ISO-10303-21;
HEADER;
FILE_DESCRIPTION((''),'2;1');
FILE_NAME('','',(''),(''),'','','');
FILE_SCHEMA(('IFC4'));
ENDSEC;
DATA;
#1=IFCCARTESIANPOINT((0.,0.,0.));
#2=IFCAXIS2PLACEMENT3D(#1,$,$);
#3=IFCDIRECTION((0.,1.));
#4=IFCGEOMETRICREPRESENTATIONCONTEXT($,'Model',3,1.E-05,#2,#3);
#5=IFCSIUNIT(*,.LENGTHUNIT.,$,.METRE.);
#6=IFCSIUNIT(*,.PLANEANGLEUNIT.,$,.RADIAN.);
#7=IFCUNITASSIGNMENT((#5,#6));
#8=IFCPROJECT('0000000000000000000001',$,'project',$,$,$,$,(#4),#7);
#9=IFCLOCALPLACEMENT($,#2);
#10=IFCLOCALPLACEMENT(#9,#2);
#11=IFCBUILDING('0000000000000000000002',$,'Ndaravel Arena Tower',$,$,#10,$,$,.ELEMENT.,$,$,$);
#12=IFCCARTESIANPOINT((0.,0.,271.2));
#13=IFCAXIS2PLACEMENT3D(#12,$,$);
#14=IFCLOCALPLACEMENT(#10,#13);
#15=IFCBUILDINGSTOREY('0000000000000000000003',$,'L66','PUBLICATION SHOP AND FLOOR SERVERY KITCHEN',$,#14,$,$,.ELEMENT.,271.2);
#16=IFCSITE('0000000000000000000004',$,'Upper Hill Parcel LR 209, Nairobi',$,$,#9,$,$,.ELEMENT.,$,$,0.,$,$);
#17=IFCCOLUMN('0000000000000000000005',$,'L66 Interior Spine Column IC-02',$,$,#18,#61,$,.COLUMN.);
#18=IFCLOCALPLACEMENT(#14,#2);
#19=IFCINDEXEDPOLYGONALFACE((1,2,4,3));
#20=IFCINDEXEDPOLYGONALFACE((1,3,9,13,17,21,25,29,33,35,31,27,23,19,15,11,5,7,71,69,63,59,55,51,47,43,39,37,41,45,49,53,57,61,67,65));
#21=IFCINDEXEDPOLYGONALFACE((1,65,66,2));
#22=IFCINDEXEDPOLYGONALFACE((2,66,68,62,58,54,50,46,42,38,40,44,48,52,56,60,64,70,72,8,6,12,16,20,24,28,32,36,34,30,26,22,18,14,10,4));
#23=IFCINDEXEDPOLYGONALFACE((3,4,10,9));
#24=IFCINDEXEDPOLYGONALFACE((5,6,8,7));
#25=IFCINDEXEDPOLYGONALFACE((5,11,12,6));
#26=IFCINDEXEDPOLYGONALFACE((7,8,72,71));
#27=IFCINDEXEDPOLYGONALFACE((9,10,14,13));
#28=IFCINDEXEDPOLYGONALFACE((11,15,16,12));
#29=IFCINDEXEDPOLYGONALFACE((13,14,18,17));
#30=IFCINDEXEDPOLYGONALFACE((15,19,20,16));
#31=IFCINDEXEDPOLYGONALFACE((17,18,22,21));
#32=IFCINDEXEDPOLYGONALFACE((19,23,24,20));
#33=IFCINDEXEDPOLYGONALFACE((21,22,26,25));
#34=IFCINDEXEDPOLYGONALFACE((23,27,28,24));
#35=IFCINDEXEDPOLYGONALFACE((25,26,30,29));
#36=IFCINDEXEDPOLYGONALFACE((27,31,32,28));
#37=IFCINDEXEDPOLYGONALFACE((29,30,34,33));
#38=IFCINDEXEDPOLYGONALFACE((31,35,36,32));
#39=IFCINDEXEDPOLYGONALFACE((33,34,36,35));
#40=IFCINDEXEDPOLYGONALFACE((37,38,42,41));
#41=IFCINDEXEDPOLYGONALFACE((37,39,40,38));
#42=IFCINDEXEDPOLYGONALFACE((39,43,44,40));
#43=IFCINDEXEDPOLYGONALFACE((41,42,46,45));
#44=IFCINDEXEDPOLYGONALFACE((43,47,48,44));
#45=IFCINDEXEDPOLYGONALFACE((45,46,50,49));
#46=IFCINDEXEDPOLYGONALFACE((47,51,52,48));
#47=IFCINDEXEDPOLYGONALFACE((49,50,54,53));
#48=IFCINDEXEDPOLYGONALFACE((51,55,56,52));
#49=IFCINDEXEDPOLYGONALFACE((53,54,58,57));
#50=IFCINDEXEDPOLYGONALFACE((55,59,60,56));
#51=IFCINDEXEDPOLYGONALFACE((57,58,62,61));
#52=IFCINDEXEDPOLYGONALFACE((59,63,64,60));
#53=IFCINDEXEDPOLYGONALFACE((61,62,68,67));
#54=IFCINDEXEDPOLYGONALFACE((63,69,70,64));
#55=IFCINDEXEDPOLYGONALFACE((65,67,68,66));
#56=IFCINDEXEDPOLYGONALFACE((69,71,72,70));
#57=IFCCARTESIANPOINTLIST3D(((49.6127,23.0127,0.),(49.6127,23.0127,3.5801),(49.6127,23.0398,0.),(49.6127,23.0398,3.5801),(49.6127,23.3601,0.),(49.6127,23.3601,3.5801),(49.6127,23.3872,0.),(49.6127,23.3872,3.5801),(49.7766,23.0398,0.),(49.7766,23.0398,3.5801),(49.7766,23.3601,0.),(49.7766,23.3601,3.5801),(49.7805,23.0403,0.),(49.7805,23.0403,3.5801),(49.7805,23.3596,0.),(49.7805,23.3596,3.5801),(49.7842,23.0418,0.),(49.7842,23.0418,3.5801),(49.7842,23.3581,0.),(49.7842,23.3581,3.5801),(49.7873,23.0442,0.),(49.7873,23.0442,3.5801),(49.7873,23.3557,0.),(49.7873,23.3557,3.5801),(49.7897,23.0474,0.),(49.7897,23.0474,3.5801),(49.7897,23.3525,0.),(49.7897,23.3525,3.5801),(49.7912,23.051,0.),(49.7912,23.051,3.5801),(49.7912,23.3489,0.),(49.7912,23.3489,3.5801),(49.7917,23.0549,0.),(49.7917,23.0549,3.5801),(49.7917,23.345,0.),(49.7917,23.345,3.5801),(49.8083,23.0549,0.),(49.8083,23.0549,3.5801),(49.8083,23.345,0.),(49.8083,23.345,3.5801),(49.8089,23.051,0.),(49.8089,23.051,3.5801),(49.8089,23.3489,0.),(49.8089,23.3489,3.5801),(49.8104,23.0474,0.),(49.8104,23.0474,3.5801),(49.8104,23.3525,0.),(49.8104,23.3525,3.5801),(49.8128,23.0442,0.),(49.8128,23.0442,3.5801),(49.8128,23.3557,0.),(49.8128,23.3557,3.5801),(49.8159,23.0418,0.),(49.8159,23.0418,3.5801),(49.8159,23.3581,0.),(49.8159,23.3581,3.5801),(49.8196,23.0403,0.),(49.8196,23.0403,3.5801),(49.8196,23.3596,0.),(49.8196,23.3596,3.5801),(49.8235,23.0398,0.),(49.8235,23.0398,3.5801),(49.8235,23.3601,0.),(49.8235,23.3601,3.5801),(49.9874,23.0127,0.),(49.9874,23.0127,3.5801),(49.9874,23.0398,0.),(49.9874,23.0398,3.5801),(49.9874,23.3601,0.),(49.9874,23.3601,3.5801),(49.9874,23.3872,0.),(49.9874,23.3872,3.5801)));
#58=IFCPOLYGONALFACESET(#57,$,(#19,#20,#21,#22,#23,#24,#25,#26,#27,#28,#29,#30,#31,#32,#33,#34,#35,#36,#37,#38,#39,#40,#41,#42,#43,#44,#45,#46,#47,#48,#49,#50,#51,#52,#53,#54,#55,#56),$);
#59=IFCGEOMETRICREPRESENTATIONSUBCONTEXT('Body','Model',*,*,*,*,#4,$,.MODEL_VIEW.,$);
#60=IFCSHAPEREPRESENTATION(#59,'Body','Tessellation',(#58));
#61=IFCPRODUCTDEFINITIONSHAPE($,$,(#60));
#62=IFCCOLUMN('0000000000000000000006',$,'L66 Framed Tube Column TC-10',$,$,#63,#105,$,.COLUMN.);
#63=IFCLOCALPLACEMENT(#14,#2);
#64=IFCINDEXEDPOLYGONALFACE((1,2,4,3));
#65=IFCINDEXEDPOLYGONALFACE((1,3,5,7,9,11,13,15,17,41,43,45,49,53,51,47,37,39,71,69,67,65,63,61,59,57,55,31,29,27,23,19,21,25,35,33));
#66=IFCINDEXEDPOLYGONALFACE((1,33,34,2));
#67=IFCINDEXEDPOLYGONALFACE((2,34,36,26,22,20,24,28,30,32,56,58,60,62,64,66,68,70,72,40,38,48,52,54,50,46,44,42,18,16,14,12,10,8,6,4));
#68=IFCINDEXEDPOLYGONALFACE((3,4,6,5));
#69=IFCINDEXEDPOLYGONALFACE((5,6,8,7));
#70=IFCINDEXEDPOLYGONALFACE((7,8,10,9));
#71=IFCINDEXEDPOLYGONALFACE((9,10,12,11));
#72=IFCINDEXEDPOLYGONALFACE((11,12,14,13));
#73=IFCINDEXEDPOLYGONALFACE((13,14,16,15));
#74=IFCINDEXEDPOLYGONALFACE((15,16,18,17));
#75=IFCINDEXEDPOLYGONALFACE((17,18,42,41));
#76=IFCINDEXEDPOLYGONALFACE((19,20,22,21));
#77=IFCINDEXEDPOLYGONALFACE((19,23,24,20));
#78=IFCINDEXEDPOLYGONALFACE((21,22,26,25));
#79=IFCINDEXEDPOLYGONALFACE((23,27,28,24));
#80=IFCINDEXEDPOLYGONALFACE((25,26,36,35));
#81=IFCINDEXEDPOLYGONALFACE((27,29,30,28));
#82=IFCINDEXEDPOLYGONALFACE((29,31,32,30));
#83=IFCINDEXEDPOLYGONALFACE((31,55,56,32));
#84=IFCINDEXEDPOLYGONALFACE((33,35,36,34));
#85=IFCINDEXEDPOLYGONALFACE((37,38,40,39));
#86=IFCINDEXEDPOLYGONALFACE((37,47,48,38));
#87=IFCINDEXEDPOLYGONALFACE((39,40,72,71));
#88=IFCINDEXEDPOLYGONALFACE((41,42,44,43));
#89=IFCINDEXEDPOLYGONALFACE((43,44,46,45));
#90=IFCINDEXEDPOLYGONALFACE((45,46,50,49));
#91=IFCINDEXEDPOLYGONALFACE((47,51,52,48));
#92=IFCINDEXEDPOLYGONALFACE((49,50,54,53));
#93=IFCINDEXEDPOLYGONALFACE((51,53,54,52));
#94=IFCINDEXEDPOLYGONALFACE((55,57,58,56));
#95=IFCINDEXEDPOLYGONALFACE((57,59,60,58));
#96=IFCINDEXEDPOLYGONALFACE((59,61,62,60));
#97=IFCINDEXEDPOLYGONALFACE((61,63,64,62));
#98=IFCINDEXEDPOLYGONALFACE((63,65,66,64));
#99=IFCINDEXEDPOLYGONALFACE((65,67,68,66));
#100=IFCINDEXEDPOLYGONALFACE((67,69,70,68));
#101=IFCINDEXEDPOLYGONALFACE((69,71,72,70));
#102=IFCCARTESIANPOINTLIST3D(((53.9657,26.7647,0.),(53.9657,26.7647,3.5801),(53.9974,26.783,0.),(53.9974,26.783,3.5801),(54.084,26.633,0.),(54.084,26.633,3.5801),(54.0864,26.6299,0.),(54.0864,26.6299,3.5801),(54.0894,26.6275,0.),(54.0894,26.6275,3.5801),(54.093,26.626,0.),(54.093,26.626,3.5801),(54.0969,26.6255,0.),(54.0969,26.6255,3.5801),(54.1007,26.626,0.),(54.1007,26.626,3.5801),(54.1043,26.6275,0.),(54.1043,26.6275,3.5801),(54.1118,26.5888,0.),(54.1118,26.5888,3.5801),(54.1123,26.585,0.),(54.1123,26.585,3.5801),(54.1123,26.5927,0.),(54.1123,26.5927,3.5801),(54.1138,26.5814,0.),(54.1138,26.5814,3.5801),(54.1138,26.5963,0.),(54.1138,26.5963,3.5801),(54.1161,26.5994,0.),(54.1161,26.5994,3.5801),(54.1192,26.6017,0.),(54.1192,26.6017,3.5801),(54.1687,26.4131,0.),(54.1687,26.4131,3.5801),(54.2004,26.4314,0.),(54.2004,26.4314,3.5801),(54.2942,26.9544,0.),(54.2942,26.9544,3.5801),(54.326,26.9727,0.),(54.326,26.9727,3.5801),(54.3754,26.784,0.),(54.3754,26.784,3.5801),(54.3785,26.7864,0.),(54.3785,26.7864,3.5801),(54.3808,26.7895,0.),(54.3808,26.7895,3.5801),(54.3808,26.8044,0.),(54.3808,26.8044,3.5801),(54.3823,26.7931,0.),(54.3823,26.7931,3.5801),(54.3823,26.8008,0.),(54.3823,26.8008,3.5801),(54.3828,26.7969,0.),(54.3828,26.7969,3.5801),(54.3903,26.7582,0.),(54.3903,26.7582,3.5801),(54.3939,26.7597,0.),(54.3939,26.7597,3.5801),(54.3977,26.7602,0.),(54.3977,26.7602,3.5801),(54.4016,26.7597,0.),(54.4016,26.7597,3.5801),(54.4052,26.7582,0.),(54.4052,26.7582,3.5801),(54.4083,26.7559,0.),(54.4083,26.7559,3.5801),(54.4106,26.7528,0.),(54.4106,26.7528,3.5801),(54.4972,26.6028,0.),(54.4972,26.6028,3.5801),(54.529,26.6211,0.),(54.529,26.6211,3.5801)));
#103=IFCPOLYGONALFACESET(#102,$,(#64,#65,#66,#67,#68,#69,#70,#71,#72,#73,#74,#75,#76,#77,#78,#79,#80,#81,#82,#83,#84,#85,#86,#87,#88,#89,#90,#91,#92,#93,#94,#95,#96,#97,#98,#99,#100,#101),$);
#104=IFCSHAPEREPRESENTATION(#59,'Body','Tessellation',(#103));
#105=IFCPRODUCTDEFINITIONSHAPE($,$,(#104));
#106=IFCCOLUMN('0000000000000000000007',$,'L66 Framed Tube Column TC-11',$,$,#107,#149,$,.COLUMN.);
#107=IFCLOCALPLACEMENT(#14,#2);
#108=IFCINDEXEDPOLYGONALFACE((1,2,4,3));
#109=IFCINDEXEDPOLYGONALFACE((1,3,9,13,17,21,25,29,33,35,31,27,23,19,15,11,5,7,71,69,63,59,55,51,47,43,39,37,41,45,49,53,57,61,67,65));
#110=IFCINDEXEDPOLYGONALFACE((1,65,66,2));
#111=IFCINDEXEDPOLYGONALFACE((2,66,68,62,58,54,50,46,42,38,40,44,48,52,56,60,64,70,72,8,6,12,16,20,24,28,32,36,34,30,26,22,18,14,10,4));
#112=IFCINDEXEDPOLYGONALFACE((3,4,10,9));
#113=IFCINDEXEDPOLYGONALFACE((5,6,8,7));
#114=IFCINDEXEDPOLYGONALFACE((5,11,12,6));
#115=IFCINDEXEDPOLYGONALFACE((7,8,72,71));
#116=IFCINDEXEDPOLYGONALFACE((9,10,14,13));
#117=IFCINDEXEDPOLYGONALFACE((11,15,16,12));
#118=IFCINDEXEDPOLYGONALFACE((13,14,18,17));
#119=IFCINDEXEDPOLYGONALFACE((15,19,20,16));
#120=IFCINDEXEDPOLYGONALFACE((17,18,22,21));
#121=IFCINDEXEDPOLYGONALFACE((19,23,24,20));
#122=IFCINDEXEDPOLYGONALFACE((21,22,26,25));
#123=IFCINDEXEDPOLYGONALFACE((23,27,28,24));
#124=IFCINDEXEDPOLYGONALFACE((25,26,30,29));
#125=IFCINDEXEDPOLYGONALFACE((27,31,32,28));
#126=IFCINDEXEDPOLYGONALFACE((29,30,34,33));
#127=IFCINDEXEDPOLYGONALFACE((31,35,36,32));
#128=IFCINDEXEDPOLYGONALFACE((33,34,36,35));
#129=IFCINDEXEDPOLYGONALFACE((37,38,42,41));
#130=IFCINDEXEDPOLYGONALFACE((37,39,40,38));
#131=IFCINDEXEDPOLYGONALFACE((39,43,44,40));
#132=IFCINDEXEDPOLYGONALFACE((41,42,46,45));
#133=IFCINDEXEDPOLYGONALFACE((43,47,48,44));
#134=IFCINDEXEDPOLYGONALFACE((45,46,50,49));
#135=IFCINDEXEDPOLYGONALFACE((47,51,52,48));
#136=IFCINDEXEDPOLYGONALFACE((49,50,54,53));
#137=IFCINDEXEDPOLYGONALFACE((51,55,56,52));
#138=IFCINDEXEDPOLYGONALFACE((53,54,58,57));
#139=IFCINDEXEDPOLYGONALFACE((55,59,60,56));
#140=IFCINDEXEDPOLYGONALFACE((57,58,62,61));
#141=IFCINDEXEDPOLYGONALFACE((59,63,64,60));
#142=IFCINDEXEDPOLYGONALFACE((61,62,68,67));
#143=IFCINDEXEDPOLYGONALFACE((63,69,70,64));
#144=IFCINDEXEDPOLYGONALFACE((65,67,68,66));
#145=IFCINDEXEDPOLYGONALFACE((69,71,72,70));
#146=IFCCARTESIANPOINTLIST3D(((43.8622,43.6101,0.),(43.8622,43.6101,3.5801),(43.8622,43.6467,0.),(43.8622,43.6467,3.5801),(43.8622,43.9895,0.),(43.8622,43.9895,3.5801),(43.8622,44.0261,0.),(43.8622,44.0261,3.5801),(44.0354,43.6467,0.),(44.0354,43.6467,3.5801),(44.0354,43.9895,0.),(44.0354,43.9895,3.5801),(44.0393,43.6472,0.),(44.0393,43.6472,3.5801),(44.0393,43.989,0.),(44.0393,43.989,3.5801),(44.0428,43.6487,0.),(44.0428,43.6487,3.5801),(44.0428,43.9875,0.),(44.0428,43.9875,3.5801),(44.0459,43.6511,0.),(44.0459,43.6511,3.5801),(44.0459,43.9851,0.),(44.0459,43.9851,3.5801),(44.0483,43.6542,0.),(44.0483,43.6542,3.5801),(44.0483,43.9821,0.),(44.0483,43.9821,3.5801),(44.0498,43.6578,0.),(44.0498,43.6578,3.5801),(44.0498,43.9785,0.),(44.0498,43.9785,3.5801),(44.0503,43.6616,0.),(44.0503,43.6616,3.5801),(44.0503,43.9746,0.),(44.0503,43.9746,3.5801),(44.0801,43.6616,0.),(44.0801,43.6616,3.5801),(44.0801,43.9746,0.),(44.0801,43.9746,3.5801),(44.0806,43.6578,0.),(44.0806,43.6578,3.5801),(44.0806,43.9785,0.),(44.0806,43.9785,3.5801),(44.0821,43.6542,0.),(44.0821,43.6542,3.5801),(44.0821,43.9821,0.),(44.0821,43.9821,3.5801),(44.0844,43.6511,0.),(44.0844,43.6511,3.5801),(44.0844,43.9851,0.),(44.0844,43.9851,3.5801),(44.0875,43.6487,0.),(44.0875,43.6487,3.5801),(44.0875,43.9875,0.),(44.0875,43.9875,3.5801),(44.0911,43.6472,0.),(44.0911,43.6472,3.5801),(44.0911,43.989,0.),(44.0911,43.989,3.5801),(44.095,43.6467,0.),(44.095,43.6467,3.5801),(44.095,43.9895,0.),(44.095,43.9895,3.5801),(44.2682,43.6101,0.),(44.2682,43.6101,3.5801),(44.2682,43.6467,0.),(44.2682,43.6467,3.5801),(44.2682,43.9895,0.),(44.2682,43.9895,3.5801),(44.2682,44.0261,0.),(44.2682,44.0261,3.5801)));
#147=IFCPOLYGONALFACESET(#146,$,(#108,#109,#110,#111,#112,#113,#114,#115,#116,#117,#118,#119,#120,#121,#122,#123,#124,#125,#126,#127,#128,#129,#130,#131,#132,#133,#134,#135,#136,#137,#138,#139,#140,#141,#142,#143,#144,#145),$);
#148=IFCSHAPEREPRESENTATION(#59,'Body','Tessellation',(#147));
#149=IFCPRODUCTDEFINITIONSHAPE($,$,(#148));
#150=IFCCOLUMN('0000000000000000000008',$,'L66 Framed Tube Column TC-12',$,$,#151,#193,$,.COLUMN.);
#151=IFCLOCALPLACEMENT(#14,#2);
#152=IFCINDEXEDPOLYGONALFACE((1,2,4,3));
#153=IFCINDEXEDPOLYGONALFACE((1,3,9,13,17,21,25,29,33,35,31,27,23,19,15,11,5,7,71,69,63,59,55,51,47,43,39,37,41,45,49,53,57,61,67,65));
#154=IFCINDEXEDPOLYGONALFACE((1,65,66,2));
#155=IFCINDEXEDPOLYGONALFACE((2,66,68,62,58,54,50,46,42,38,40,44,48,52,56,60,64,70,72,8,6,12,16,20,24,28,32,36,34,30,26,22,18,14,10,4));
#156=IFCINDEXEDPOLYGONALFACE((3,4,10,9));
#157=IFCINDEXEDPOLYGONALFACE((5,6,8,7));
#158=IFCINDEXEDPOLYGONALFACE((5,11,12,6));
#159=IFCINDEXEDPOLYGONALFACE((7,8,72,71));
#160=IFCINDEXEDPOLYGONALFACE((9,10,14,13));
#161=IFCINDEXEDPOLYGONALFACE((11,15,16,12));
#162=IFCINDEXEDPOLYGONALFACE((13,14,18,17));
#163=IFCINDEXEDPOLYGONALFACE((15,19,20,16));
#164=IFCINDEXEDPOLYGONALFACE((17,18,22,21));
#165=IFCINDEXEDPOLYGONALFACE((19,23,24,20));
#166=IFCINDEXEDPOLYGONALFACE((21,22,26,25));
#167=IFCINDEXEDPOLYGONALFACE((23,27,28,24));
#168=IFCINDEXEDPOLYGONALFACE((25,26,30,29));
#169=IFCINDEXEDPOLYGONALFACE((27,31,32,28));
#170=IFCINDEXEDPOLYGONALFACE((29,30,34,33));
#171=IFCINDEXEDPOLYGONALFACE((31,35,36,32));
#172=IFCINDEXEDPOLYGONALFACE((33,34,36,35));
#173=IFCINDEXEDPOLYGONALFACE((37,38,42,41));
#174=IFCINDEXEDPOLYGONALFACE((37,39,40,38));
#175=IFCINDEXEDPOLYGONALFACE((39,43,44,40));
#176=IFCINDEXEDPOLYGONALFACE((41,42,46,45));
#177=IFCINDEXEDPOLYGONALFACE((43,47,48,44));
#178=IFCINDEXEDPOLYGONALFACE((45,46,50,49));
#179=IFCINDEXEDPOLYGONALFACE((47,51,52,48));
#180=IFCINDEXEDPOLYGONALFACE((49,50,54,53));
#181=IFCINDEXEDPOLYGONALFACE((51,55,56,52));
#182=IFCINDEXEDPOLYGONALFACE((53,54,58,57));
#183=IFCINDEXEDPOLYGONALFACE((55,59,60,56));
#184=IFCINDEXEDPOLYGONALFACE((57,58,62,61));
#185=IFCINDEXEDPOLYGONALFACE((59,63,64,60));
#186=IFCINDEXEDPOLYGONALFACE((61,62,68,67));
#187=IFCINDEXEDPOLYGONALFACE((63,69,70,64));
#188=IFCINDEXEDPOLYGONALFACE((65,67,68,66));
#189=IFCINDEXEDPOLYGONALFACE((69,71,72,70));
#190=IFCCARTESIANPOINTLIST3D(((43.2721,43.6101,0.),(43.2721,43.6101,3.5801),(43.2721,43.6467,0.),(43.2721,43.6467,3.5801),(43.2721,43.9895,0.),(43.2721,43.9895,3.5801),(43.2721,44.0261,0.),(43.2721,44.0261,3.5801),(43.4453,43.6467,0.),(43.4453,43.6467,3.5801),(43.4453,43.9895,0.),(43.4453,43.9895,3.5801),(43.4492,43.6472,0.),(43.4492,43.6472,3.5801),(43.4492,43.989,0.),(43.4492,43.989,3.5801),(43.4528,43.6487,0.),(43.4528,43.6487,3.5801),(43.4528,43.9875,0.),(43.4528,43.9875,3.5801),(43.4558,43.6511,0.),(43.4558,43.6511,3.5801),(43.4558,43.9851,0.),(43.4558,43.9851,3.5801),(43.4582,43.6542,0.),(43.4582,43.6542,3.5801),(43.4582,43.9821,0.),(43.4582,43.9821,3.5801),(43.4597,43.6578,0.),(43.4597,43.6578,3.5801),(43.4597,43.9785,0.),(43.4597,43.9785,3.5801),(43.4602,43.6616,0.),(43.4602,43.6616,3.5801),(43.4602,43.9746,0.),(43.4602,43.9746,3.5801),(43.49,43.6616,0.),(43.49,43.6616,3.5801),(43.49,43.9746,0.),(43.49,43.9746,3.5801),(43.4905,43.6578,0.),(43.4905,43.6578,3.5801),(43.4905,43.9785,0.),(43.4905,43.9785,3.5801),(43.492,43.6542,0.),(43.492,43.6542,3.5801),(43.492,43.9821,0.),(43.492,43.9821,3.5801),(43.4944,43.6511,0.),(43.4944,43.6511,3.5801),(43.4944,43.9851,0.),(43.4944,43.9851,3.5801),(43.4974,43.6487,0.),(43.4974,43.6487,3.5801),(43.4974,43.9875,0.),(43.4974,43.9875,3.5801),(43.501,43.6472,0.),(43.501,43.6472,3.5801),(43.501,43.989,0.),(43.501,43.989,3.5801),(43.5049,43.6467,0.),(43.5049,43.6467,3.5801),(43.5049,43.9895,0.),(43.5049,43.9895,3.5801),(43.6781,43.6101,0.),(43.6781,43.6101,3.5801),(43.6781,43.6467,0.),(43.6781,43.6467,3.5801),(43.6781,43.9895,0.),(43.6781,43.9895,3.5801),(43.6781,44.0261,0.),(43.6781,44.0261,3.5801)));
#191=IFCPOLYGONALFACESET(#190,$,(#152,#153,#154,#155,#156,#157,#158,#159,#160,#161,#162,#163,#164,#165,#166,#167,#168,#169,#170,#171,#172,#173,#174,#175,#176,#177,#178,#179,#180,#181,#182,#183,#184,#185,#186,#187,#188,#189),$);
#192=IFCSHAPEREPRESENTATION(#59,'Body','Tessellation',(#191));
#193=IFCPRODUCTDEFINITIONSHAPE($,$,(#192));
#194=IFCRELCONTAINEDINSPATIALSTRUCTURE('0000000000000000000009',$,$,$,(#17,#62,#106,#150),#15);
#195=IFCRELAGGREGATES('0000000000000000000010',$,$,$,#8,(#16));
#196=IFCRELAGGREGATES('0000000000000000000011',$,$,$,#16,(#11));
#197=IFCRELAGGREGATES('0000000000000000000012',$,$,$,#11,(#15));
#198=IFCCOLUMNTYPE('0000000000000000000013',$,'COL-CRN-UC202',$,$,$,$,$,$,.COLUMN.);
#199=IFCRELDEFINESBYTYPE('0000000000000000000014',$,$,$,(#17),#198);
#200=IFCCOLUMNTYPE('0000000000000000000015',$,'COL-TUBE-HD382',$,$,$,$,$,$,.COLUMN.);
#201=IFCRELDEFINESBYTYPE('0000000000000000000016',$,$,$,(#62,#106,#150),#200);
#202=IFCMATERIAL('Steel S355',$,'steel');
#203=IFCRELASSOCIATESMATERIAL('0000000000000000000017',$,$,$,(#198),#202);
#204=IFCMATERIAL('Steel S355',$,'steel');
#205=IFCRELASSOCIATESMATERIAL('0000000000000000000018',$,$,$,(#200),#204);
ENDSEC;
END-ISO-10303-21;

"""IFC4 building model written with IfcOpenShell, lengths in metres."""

from ifc_helpers import new_model, si_unit, direction, frame, origin, origin_2d, place, context, subcontext, project, spatial, i_section, extrude, material, material_profile, profile_set, type_object, element, save


model = new_model("IFC4")

# Units and contexts
model_context = context("Model", 3, precision=1e-05, world=origin(), true_north=direction((0.0, 1.0)))
body_context = subcontext(model_context, "Body", "Model", "MODEL_VIEW")
ifc_project = project(units=[si_unit("LENGTHUNIT", "METRE"), si_unit("PLANEANGLEUNIT", "RADIAN")], contexts=[model_context])

# Site, building, storey
site_placement = place(None, origin())
site = spatial("IfcSite", under=ifc_project, at=site_placement, Name="Upper Hill Parcel LR 209, Nairobi", CompositionType="ELEMENT", RefElevation=0.0)
building_placement = place(site_placement, origin())
building = spatial("IfcBuilding", under=site, at=building_placement, Name="Ndaravel Arena Tower", CompositionType="ELEMENT")
storey_placement = place(building_placement, frame((0.0, 0.0, 271.2)))
storey = spatial("IfcBuildingStorey", under=building, at=storey_placement, Name="L66", Description="PUBLICATION SHOP AND FLOOR SERVERY KITCHEN", CompositionType="ELEMENT", Elevation=271.2)

# Columns
ifc_material_1 = material(Name="Steel S355", Category="steel")
ifc_material_profile_1 = material_profile(ifc_material_1, i_section(OverallWidth=0.3748, OverallDepth=0.3745, WebThickness=0.0166, FlangeThickness=0.0271, FilletRadius=0.0151, at=origin_2d()), Name="UC 356x368x202")
ifc_profile_set_1 = profile_set([ifc_material_profile_1], Name="Steel S355")
column_type_1 = type_object("IfcColumnType", Name="COL-CRN-UC202", PredefinedType="COLUMN", material=ifc_profile_set_1)
column_placement = place(storey_placement, frame((49.8, 23.2, 0.0), z_axis=(0.0, 0.0, 1.0), x_axis=(1.0, 0.0, 0.0)))
element("IfcColumn", 1, at=column_placement, inside=storey, type_object=column_type_1, Name="L66 Interior Spine Column IC-02", PredefinedType="COLUMN", context=body_context, shape_type="SweptSolid", body=[
    extrude(i_section(OverallWidth=0.3748, OverallDepth=0.3745, WebThickness=0.0166, FlangeThickness=0.0271, FilletRadius=0.0151, at=origin_2d()), origin(), (0.0, 0.0, 1.0), 3.5801),
])
ifc_material_2 = material(Name="Steel S355", Category="steel")
ifc_material_profile_2 = material_profile(ifc_material_2, i_section(OverallWidth=0.406, OverallDepth=0.416, WebThickness=0.0298, FlangeThickness=0.0366, FilletRadius=0.0149, at=origin_2d()), Name="HD 400x382")
ifc_profile_set_2 = profile_set([ifc_material_profile_2], Name="Steel S355")
column_type_2 = type_object("IfcColumnType", Name="COL-TUBE-HD382", PredefinedType="COLUMN", material=ifc_profile_set_2)
for number, where, z_axis, x_axis, name in (
    (2, (54.2473, 26.6929, 0.0), (0.0, 0.0, 1.0), (-0.5, 0.866025, 0.0), "L66 Framed Tube Column TC-10"),
    (3, (44.0652, 43.8181, 0.0), (0.0, 0.0, 1.0), (1.0, 0.0, 0.0), "L66 Framed Tube Column TC-11"),
    (4, (43.4751, 43.8181, 0.0), (0.0, 0.0, 1.0), (1.0, 0.0, 0.0), "L66 Framed Tube Column TC-12"),
):
    element("IfcColumn", number, at=place(storey_placement, frame(where, z_axis=z_axis, x_axis=x_axis)), inside=storey, type_object=column_type_2, Name=name, PredefinedType="COLUMN", context=body_context, shape_type="SweptSolid", body=[
        extrude(i_section(OverallWidth=0.406, OverallDepth=0.416, WebThickness=0.0298, FlangeThickness=0.0366, FilletRadius=0.0149, at=origin_2d()), origin(), (0.0, 0.0, 1.0), 3.5801),
    ])

save(model, "model.ifc")
